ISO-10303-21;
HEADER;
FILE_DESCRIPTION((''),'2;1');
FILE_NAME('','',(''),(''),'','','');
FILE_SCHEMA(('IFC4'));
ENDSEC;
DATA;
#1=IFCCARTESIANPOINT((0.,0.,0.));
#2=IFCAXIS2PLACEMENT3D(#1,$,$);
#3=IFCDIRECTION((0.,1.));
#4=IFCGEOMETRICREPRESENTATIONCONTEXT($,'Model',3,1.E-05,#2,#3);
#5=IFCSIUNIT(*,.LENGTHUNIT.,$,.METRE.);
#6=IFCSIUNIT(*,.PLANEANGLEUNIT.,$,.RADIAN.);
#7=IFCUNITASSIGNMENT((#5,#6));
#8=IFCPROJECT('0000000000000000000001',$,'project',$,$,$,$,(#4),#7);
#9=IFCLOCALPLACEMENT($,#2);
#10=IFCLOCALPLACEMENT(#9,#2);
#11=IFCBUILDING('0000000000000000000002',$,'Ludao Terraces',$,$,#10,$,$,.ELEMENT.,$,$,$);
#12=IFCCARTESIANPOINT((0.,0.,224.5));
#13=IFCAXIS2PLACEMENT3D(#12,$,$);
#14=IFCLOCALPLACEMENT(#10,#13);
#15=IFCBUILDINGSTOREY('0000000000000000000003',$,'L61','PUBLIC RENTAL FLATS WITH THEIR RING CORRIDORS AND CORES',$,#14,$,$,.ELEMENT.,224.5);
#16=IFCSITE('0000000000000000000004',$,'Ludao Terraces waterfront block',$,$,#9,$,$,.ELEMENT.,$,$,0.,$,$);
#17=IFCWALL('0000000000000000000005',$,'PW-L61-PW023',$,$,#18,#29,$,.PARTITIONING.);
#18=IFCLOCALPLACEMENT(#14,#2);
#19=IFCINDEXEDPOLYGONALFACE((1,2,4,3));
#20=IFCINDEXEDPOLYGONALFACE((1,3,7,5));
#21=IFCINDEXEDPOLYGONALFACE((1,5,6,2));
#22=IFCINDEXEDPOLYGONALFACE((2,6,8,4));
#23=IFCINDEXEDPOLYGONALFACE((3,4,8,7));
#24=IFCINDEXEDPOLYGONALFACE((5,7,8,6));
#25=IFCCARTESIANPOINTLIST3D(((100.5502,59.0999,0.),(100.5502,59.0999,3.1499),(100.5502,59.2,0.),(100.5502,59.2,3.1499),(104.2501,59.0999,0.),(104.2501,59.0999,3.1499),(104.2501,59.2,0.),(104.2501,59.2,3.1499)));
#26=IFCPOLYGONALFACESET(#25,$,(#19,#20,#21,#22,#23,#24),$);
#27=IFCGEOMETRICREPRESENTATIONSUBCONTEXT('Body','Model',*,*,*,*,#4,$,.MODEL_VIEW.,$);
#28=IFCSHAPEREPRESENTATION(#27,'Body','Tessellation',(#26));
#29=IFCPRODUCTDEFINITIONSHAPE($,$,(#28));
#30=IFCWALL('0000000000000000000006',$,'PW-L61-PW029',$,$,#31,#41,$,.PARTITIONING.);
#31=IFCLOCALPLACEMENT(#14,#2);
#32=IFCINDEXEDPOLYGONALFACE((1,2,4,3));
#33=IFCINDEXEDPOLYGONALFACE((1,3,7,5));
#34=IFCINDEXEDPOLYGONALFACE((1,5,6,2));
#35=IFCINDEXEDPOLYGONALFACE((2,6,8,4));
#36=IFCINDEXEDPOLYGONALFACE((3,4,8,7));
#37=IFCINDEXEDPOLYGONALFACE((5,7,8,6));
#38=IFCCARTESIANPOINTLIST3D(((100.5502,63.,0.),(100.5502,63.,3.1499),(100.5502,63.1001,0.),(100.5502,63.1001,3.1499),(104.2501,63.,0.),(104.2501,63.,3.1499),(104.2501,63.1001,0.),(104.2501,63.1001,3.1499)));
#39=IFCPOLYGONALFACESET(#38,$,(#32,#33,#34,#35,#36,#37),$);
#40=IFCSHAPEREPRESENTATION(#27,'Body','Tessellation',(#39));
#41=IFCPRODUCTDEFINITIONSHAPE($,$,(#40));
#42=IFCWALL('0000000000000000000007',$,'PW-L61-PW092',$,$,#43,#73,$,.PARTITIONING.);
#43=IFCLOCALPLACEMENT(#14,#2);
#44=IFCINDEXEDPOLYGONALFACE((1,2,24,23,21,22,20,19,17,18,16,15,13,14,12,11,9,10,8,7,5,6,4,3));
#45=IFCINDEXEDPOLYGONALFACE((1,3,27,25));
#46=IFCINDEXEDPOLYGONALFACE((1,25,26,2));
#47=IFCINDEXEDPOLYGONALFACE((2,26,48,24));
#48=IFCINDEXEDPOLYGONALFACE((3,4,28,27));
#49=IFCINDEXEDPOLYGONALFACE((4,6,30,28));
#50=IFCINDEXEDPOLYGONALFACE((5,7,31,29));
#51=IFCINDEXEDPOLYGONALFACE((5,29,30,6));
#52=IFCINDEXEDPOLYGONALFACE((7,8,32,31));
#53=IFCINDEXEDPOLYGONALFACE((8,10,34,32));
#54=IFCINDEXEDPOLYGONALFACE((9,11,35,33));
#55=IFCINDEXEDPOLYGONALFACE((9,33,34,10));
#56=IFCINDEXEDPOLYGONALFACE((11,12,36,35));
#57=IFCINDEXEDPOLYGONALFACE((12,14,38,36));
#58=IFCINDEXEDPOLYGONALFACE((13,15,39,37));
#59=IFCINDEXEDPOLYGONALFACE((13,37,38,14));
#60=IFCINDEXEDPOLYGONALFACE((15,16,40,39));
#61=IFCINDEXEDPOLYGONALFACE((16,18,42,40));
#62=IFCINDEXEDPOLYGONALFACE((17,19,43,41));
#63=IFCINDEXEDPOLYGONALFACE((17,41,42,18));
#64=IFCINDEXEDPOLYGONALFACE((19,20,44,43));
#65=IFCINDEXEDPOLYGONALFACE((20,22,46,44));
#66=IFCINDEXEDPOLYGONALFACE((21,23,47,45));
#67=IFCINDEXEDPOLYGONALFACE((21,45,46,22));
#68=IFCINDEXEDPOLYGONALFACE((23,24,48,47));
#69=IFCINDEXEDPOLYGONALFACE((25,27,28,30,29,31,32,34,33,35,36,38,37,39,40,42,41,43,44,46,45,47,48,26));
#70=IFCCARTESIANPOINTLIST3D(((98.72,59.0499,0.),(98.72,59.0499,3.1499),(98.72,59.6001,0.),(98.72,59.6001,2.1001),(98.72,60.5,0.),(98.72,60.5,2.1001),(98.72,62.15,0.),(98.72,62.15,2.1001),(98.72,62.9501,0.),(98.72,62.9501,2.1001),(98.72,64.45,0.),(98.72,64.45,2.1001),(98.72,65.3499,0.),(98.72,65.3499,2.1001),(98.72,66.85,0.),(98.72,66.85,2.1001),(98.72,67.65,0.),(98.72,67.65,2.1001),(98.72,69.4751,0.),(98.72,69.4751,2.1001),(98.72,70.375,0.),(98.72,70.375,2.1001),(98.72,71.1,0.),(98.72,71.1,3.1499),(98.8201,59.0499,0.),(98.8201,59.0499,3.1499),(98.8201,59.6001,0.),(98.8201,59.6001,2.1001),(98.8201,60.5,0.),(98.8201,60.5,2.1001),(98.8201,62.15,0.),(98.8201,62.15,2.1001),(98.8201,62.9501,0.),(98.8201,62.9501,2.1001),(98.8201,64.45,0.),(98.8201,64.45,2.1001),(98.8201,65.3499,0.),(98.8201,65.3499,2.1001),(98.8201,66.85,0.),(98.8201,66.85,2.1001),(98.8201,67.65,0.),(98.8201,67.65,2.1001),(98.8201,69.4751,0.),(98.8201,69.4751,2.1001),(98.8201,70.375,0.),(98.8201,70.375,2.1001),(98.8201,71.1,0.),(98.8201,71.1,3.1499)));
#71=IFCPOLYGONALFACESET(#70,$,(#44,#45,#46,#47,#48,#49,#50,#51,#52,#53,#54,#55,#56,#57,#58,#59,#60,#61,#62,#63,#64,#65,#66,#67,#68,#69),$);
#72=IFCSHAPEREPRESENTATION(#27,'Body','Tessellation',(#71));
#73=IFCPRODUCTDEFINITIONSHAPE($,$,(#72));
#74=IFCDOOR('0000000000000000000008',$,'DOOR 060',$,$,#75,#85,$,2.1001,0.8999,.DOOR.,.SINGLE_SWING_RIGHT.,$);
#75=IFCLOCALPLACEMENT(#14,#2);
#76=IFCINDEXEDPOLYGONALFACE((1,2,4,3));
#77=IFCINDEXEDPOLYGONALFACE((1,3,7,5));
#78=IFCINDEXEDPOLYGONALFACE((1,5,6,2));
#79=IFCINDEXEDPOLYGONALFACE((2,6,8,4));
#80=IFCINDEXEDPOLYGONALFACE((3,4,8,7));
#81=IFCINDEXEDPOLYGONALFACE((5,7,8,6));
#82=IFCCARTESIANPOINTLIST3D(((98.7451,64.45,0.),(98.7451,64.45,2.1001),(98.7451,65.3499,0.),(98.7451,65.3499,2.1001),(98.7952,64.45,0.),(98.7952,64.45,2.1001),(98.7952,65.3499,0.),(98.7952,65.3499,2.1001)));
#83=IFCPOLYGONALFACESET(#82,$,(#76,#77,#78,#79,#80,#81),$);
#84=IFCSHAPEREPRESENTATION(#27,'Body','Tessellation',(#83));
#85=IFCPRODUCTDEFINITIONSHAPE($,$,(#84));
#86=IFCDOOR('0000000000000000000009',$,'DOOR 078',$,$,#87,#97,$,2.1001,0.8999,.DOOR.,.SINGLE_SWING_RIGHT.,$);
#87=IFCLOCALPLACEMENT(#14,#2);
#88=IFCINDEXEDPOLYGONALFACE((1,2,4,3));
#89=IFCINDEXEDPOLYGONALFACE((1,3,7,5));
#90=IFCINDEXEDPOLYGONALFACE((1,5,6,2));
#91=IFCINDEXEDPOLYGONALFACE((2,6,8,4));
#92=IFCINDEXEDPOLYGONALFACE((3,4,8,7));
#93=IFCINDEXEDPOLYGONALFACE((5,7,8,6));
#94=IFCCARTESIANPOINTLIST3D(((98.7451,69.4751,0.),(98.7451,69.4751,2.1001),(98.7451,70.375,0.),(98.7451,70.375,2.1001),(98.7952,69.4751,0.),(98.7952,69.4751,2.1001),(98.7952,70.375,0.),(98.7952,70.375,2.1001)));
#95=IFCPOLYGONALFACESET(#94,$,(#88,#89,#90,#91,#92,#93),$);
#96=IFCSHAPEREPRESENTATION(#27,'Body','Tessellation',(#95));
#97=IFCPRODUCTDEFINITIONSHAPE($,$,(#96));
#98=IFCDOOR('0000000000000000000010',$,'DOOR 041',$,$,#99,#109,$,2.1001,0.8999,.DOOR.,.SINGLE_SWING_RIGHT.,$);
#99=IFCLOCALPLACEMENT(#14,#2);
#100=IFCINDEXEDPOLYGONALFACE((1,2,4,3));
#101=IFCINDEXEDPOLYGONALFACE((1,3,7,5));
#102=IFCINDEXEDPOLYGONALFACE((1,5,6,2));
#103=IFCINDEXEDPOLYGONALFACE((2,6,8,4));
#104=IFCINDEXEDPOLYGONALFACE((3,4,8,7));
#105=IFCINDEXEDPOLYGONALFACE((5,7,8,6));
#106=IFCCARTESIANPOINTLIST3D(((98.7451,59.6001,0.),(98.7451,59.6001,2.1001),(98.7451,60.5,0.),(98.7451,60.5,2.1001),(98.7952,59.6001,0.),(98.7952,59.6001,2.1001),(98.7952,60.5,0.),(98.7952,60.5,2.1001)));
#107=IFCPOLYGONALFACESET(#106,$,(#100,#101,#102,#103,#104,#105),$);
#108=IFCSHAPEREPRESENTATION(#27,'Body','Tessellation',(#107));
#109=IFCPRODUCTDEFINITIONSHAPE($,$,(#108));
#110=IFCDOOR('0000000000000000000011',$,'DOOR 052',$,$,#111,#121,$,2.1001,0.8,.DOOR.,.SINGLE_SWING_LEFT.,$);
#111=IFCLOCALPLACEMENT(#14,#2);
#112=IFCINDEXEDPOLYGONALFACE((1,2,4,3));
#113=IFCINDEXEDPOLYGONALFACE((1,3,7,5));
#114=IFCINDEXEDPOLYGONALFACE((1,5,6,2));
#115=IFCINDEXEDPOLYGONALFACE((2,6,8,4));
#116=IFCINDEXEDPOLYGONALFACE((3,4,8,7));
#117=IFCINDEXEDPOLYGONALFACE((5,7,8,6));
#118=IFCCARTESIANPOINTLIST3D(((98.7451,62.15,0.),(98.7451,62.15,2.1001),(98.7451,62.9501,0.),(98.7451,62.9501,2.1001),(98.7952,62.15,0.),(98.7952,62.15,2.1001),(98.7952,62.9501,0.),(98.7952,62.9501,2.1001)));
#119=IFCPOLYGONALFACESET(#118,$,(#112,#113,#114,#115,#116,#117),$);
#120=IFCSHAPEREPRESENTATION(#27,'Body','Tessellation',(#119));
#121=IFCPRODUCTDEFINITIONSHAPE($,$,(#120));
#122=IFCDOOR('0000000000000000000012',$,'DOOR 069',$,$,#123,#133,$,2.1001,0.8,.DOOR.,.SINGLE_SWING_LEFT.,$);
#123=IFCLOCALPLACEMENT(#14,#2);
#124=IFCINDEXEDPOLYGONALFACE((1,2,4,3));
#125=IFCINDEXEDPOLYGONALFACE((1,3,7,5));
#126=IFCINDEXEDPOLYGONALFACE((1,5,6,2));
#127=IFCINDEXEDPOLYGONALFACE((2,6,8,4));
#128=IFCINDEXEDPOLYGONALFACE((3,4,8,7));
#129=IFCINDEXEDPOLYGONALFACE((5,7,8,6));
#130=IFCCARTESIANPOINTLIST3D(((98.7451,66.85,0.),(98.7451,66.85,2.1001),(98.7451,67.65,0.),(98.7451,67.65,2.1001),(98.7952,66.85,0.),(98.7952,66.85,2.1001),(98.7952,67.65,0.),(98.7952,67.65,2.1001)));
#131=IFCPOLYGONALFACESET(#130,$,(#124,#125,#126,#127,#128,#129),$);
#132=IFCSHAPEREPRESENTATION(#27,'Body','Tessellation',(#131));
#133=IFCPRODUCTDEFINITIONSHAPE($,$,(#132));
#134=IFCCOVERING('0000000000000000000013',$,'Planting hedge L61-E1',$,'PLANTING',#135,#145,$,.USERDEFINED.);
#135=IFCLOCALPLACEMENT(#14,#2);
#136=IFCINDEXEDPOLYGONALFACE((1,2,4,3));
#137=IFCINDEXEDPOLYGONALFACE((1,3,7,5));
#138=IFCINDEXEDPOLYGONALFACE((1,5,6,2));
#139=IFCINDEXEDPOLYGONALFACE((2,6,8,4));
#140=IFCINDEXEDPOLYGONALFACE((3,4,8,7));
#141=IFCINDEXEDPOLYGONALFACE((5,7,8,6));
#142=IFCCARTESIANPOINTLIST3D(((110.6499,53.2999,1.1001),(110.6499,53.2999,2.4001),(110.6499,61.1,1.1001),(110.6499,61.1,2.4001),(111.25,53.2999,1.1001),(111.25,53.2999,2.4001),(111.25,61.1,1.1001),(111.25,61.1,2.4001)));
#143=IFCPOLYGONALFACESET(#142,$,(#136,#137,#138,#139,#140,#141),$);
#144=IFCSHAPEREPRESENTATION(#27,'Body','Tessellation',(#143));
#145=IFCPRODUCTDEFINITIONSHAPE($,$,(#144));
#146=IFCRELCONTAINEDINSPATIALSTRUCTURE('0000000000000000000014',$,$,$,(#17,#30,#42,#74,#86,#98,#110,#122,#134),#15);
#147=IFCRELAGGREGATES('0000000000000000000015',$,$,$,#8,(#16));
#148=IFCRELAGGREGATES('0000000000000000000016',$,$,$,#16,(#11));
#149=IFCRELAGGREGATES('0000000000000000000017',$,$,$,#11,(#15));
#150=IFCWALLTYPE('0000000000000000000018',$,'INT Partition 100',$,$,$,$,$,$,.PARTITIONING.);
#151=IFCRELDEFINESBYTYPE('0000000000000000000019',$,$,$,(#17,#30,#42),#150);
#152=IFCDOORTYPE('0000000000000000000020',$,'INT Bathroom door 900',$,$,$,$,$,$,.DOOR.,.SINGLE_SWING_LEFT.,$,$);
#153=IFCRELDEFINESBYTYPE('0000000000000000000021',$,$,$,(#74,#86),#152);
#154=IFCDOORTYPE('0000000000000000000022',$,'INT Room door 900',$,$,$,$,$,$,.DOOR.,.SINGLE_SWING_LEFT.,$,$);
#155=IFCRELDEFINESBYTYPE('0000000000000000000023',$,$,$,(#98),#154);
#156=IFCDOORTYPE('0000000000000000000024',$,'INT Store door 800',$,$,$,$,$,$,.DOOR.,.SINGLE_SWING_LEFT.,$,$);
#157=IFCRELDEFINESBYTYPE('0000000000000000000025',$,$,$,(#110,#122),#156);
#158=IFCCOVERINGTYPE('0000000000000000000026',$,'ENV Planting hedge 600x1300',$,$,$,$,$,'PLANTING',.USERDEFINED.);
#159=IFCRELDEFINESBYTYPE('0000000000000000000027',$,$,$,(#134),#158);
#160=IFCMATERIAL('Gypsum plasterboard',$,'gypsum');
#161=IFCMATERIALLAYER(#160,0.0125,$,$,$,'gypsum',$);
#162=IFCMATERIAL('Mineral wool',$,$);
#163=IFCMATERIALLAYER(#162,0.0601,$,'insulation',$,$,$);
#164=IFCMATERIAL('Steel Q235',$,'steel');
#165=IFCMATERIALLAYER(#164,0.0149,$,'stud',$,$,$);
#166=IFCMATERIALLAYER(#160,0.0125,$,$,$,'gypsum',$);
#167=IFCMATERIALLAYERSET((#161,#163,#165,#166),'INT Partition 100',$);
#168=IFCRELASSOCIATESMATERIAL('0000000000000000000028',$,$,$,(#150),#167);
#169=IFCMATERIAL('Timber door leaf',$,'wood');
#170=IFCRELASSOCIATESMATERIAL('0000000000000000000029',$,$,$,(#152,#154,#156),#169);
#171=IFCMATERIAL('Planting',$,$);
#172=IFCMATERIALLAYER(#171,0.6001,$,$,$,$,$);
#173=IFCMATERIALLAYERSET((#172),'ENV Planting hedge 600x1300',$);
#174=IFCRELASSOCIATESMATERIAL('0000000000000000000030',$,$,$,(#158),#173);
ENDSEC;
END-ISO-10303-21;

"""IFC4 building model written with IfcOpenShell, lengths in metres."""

from ifc_helpers import new_model, si_unit, direction, frame, frame_2d, origin, origin_2d, place, context, subcontext, project, spatial, rectangle, extrude, material, layer, layer_set, type_object, element, fill, save


model = new_model("IFC4")

# Units and contexts
model_context = context("Model", 3, precision=1e-05, world=origin(), true_north=direction((0.0, 1.0)))
body_context = subcontext(model_context, "Body", "Model", "MODEL_VIEW")
ifc_project = project(units=[si_unit("LENGTHUNIT", "METRE"), si_unit("PLANEANGLEUNIT", "RADIAN")], contexts=[model_context])

# Site, building, storey
site_placement = place(None, origin())
site = spatial("IfcSite", under=ifc_project, at=site_placement, Name="Ludao Terraces waterfront block", CompositionType="ELEMENT", RefElevation=0.0)
building_placement = place(site_placement, origin())
building = spatial("IfcBuilding", under=site, at=building_placement, Name="Ludao Terraces", CompositionType="ELEMENT")
storey_placement = place(building_placement, frame((0.0, 0.0, 224.5)))
storey = spatial("IfcBuildingStorey", under=building, at=storey_placement, Name="L61", Description="PUBLIC RENTAL FLATS WITH THEIR RING CORRIDORS AND CORES", CompositionType="ELEMENT", Elevation=224.5)

# Shared definitions
ifc_material_1 = material(Name="Mineral wool")

# Walls
ifc_material_2 = material(Name="Gypsum plasterboard", Category="gypsum")
ifc_layer_1 = layer(ifc_material_2, 0.0125, Category="gypsum")
ifc_layer_2 = layer(ifc_material_1, 0.0601, Name="insulation")
ifc_material_3 = material(Name="Steel Q235", Category="steel")
ifc_layer_3 = layer(ifc_material_3, 0.0149, Name="stud")
ifc_layer_4 = layer(ifc_material_2, 0.0125, Category="gypsum")
ifc_layer_set_1 = layer_set([ifc_layer_1, ifc_layer_2, ifc_layer_3, ifc_layer_4], Name="INT Partition 100")
wall_type_1 = type_object("IfcWallType", Name="INT Partition 100", PredefinedType="PARTITIONING", material=ifc_layer_set_1)
for number, where, z_axis, x_axis, name in (
    (1, (100.55, 59.1499, 0.0), (0.0, 0.0, 1.0), (1.0, 0.0, 0.0), "PW-L61-PW023"),
    (2, (100.55, 63.05, 0.0), (0.0, 0.0, 1.0), (1.0, 0.0, 0.0), "PW-L61-PW029"),
):
    element("IfcWall", number, at=place(storey_placement, frame(where, z_axis=z_axis, x_axis=x_axis)), inside=storey, type_object=wall_type_1, Name=name, PredefinedType="PARTITIONING", context=body_context, shape_type="SweptSolid", body=[
        extrude(rectangle(XDim=3.7, YDim=0.1001, at=frame_2d((1.8501, 0.0))), origin(), (0.0, 0.0, 1.0), 3.1499),
    ])

# Wall, openings, doors
wall_1_placement = place(storey_placement, frame((98.77, 59.05, 0.0), z_axis=(0.0, 0.0, 1.0), x_axis=(0.0, 1.0, 0.0)))
wall_1 = element("IfcWall", 3, at=wall_1_placement, inside=storey, type_object=wall_type_1, Name="PW-L61-PW092", PredefinedType="PARTITIONING", context=body_context, shape_type="SweptSolid", body=[
    extrude(rectangle(XDim=12.05, YDim=0.1001, at=frame_2d((6.0249, 0.0))), origin(), (0.0, 0.0, 1.0), 3.1499),
])
opening_1_placement = place(wall_1_placement, frame((0.55, 0.0, 0.0)))
opening_1 = element("IfcOpeningElement", 4, at=opening_1_placement, cuts=wall_1, PredefinedType="OPENING", context=body_context, shape_type="SweptSolid", body=[
    extrude(rectangle(XDim=0.8999, YDim=2.1001, at=frame_2d((0.45, 1.05))), frame((0.0, 0.0601, 0.0), z_axis=(0.0, -1.0, 0.0), x_axis=(1.0, 0.0, 0.0)), (0.0, 0.0, 1.0), 0.1201),
])
opening_2_placement = place(wall_1_placement, frame((3.1001, 0.0, 0.0)))
opening_2 = element("IfcOpeningElement", 5, at=opening_2_placement, cuts=wall_1, PredefinedType="OPENING", context=body_context, shape_type="SweptSolid", body=[
    extrude(rectangle(XDim=0.8, YDim=2.1001, at=frame_2d((0.3999, 1.05))), frame((0.0, 0.0601, 0.0), z_axis=(0.0, -1.0, 0.0), x_axis=(1.0, 0.0, 0.0)), (0.0, 0.0, 1.0), 0.1201),
])
opening_3_placement = place(wall_1_placement, frame((5.3999, 0.0, 0.0)))
opening_3 = element("IfcOpeningElement", 6, at=opening_3_placement, cuts=wall_1, PredefinedType="OPENING", context=body_context, shape_type="SweptSolid", body=[
    extrude(rectangle(XDim=0.8999, YDim=2.1001, at=frame_2d((0.45, 1.05))), frame((0.0, 0.0601, 0.0), z_axis=(0.0, -1.0, 0.0), x_axis=(1.0, 0.0, 0.0)), (0.0, 0.0, 1.0), 0.1201),
])
opening_4_placement = place(wall_1_placement, frame((7.8, 0.0, 0.0)))
opening_4 = element("IfcOpeningElement", 7, at=opening_4_placement, cuts=wall_1, PredefinedType="OPENING", context=body_context, shape_type="SweptSolid", body=[
    extrude(rectangle(XDim=0.8, YDim=2.1001, at=frame_2d((0.3999, 1.05))), frame((0.0, 0.0601, 0.0), z_axis=(0.0, -1.0, 0.0), x_axis=(1.0, 0.0, 0.0)), (0.0, 0.0, 1.0), 0.1201),
])
opening_5_placement = place(wall_1_placement, frame((10.425, 0.0, 0.0)))
opening_5 = element("IfcOpeningElement", 8, at=opening_5_placement, cuts=wall_1, PredefinedType="OPENING", context=body_context, shape_type="SweptSolid", body=[
    extrude(rectangle(XDim=0.8999, YDim=2.1001, at=frame_2d((0.45, 1.05))), frame((0.0, 0.0601, 0.0), z_axis=(0.0, -1.0, 0.0), x_axis=(1.0, 0.0, 0.0)), (0.0, 0.0, 1.0), 0.1201),
])
ifc_material_4 = material(Name="Timber door leaf", Category="wood")
door_type_1 = type_object("IfcDoorType", Name="INT Bathroom door 900", OperationType="SINGLE_SWING_LEFT", PredefinedType="DOOR", material=ifc_material_4)
door_1_placement = place(opening_3_placement, origin())
door_1 = element("IfcDoor", 9, at=door_1_placement, inside=storey, type_object=door_type_1, Name="DOOR 060", OperationType="SINGLE_SWING_RIGHT", OverallHeight=2.1001, OverallWidth=0.8999, PredefinedType="DOOR", context=body_context, shape_type="SweptSolid", body=[
    extrude(rectangle(XDim=0.8999, YDim=2.1001, at=frame_2d((0.45, 1.05))), frame((0.0, 0.0249, 0.0), z_axis=(0.0, -1.0, 0.0), x_axis=(1.0, 0.0, 0.0)), (0.0, 0.0, 1.0), 0.05),
])
fill(opening_3, door_1)
door_2_placement = place(opening_5_placement, origin())
door_2 = element("IfcDoor", 10, at=door_2_placement, inside=storey, type_object=door_type_1, Name="DOOR 078", OperationType="SINGLE_SWING_RIGHT", OverallHeight=2.1001, OverallWidth=0.8999, PredefinedType="DOOR", context=body_context, shape_type="SweptSolid", body=[
    extrude(rectangle(XDim=0.8999, YDim=2.1001, at=frame_2d((0.45, 1.05))), frame((0.0, 0.0249, 0.0), z_axis=(0.0, -1.0, 0.0), x_axis=(1.0, 0.0, 0.0)), (0.0, 0.0, 1.0), 0.05),
])
fill(opening_5, door_2)
door_type_2 = type_object("IfcDoorType", Name="INT Room door 900", OperationType="SINGLE_SWING_LEFT", PredefinedType="DOOR", material=ifc_material_4)
door_3_placement = place(opening_1_placement, origin())
door_3 = element("IfcDoor", 11, at=door_3_placement, inside=storey, type_object=door_type_2, Name="DOOR 041", OperationType="SINGLE_SWING_RIGHT", OverallHeight=2.1001, OverallWidth=0.8999, PredefinedType="DOOR", context=body_context, shape_type="SweptSolid", body=[
    extrude(rectangle(XDim=0.8999, YDim=2.1001, at=frame_2d((0.45, 1.05))), frame((0.0, 0.0249, 0.0), z_axis=(0.0, -1.0, 0.0), x_axis=(1.0, 0.0, 0.0)), (0.0, 0.0, 1.0), 0.05),
])
fill(opening_1, door_3)
door_type_3 = type_object("IfcDoorType", Name="INT Store door 800", OperationType="SINGLE_SWING_LEFT", PredefinedType="DOOR", material=ifc_material_4)
door_4_placement = place(opening_2_placement, origin())
door_4 = element("IfcDoor", 12, at=door_4_placement, inside=storey, type_object=door_type_3, Name="DOOR 052", OperationType="SINGLE_SWING_LEFT", OverallHeight=2.1001, OverallWidth=0.8, PredefinedType="DOOR", context=body_context, shape_type="SweptSolid", body=[
    extrude(rectangle(XDim=0.8, YDim=2.1001, at=frame_2d((0.3999, 1.05))), frame((0.0, 0.0249, 0.0), z_axis=(0.0, -1.0, 0.0), x_axis=(1.0, 0.0, 0.0)), (0.0, 0.0, 1.0), 0.05),
])
fill(opening_2, door_4)
door_5_placement = place(opening_4_placement, origin())
door_5 = element("IfcDoor", 13, at=door_5_placement, inside=storey, type_object=door_type_3, Name="DOOR 069", OperationType="SINGLE_SWING_LEFT", OverallHeight=2.1001, OverallWidth=0.8, PredefinedType="DOOR", context=body_context, shape_type="SweptSolid", body=[
    extrude(rectangle(XDim=0.8, YDim=2.1001, at=frame_2d((0.3999, 1.05))), frame((0.0, 0.0249, 0.0), z_axis=(0.0, -1.0, 0.0), x_axis=(1.0, 0.0, 0.0)), (0.0, 0.0, 1.0), 0.05),
])
fill(opening_4, door_5)

# Covering
ifc_material_5 = material(Name="Planting")
ifc_layer_5 = layer(ifc_material_5, 0.6001)
ifc_layer_set_2 = layer_set([ifc_layer_5], Name="ENV Planting hedge 600x1300")
covering_type = type_object("IfcCoveringType", Name="ENV Planting hedge 600x1300", ElementType="PLANTING", PredefinedType="USERDEFINED", material=ifc_layer_set_2)
covering_placement = place(storey_placement, frame((110.95, 57.2, 1.1001), z_axis=(0.0, 0.0, 1.0), x_axis=(1.0, 0.0, 0.0)))
element("IfcCovering", 14, at=covering_placement, inside=storey, type_object=covering_type, Name="Planting hedge L61-E1", ObjectType="PLANTING", PredefinedType="USERDEFINED", context=body_context, shape_type="SweptSolid", body=[
    extrude(rectangle(XDim=0.6001, YDim=7.8, at=origin_2d()), origin(), (0.0, 0.0, 1.0), 1.3),
])

save(model, "model.ifc")
